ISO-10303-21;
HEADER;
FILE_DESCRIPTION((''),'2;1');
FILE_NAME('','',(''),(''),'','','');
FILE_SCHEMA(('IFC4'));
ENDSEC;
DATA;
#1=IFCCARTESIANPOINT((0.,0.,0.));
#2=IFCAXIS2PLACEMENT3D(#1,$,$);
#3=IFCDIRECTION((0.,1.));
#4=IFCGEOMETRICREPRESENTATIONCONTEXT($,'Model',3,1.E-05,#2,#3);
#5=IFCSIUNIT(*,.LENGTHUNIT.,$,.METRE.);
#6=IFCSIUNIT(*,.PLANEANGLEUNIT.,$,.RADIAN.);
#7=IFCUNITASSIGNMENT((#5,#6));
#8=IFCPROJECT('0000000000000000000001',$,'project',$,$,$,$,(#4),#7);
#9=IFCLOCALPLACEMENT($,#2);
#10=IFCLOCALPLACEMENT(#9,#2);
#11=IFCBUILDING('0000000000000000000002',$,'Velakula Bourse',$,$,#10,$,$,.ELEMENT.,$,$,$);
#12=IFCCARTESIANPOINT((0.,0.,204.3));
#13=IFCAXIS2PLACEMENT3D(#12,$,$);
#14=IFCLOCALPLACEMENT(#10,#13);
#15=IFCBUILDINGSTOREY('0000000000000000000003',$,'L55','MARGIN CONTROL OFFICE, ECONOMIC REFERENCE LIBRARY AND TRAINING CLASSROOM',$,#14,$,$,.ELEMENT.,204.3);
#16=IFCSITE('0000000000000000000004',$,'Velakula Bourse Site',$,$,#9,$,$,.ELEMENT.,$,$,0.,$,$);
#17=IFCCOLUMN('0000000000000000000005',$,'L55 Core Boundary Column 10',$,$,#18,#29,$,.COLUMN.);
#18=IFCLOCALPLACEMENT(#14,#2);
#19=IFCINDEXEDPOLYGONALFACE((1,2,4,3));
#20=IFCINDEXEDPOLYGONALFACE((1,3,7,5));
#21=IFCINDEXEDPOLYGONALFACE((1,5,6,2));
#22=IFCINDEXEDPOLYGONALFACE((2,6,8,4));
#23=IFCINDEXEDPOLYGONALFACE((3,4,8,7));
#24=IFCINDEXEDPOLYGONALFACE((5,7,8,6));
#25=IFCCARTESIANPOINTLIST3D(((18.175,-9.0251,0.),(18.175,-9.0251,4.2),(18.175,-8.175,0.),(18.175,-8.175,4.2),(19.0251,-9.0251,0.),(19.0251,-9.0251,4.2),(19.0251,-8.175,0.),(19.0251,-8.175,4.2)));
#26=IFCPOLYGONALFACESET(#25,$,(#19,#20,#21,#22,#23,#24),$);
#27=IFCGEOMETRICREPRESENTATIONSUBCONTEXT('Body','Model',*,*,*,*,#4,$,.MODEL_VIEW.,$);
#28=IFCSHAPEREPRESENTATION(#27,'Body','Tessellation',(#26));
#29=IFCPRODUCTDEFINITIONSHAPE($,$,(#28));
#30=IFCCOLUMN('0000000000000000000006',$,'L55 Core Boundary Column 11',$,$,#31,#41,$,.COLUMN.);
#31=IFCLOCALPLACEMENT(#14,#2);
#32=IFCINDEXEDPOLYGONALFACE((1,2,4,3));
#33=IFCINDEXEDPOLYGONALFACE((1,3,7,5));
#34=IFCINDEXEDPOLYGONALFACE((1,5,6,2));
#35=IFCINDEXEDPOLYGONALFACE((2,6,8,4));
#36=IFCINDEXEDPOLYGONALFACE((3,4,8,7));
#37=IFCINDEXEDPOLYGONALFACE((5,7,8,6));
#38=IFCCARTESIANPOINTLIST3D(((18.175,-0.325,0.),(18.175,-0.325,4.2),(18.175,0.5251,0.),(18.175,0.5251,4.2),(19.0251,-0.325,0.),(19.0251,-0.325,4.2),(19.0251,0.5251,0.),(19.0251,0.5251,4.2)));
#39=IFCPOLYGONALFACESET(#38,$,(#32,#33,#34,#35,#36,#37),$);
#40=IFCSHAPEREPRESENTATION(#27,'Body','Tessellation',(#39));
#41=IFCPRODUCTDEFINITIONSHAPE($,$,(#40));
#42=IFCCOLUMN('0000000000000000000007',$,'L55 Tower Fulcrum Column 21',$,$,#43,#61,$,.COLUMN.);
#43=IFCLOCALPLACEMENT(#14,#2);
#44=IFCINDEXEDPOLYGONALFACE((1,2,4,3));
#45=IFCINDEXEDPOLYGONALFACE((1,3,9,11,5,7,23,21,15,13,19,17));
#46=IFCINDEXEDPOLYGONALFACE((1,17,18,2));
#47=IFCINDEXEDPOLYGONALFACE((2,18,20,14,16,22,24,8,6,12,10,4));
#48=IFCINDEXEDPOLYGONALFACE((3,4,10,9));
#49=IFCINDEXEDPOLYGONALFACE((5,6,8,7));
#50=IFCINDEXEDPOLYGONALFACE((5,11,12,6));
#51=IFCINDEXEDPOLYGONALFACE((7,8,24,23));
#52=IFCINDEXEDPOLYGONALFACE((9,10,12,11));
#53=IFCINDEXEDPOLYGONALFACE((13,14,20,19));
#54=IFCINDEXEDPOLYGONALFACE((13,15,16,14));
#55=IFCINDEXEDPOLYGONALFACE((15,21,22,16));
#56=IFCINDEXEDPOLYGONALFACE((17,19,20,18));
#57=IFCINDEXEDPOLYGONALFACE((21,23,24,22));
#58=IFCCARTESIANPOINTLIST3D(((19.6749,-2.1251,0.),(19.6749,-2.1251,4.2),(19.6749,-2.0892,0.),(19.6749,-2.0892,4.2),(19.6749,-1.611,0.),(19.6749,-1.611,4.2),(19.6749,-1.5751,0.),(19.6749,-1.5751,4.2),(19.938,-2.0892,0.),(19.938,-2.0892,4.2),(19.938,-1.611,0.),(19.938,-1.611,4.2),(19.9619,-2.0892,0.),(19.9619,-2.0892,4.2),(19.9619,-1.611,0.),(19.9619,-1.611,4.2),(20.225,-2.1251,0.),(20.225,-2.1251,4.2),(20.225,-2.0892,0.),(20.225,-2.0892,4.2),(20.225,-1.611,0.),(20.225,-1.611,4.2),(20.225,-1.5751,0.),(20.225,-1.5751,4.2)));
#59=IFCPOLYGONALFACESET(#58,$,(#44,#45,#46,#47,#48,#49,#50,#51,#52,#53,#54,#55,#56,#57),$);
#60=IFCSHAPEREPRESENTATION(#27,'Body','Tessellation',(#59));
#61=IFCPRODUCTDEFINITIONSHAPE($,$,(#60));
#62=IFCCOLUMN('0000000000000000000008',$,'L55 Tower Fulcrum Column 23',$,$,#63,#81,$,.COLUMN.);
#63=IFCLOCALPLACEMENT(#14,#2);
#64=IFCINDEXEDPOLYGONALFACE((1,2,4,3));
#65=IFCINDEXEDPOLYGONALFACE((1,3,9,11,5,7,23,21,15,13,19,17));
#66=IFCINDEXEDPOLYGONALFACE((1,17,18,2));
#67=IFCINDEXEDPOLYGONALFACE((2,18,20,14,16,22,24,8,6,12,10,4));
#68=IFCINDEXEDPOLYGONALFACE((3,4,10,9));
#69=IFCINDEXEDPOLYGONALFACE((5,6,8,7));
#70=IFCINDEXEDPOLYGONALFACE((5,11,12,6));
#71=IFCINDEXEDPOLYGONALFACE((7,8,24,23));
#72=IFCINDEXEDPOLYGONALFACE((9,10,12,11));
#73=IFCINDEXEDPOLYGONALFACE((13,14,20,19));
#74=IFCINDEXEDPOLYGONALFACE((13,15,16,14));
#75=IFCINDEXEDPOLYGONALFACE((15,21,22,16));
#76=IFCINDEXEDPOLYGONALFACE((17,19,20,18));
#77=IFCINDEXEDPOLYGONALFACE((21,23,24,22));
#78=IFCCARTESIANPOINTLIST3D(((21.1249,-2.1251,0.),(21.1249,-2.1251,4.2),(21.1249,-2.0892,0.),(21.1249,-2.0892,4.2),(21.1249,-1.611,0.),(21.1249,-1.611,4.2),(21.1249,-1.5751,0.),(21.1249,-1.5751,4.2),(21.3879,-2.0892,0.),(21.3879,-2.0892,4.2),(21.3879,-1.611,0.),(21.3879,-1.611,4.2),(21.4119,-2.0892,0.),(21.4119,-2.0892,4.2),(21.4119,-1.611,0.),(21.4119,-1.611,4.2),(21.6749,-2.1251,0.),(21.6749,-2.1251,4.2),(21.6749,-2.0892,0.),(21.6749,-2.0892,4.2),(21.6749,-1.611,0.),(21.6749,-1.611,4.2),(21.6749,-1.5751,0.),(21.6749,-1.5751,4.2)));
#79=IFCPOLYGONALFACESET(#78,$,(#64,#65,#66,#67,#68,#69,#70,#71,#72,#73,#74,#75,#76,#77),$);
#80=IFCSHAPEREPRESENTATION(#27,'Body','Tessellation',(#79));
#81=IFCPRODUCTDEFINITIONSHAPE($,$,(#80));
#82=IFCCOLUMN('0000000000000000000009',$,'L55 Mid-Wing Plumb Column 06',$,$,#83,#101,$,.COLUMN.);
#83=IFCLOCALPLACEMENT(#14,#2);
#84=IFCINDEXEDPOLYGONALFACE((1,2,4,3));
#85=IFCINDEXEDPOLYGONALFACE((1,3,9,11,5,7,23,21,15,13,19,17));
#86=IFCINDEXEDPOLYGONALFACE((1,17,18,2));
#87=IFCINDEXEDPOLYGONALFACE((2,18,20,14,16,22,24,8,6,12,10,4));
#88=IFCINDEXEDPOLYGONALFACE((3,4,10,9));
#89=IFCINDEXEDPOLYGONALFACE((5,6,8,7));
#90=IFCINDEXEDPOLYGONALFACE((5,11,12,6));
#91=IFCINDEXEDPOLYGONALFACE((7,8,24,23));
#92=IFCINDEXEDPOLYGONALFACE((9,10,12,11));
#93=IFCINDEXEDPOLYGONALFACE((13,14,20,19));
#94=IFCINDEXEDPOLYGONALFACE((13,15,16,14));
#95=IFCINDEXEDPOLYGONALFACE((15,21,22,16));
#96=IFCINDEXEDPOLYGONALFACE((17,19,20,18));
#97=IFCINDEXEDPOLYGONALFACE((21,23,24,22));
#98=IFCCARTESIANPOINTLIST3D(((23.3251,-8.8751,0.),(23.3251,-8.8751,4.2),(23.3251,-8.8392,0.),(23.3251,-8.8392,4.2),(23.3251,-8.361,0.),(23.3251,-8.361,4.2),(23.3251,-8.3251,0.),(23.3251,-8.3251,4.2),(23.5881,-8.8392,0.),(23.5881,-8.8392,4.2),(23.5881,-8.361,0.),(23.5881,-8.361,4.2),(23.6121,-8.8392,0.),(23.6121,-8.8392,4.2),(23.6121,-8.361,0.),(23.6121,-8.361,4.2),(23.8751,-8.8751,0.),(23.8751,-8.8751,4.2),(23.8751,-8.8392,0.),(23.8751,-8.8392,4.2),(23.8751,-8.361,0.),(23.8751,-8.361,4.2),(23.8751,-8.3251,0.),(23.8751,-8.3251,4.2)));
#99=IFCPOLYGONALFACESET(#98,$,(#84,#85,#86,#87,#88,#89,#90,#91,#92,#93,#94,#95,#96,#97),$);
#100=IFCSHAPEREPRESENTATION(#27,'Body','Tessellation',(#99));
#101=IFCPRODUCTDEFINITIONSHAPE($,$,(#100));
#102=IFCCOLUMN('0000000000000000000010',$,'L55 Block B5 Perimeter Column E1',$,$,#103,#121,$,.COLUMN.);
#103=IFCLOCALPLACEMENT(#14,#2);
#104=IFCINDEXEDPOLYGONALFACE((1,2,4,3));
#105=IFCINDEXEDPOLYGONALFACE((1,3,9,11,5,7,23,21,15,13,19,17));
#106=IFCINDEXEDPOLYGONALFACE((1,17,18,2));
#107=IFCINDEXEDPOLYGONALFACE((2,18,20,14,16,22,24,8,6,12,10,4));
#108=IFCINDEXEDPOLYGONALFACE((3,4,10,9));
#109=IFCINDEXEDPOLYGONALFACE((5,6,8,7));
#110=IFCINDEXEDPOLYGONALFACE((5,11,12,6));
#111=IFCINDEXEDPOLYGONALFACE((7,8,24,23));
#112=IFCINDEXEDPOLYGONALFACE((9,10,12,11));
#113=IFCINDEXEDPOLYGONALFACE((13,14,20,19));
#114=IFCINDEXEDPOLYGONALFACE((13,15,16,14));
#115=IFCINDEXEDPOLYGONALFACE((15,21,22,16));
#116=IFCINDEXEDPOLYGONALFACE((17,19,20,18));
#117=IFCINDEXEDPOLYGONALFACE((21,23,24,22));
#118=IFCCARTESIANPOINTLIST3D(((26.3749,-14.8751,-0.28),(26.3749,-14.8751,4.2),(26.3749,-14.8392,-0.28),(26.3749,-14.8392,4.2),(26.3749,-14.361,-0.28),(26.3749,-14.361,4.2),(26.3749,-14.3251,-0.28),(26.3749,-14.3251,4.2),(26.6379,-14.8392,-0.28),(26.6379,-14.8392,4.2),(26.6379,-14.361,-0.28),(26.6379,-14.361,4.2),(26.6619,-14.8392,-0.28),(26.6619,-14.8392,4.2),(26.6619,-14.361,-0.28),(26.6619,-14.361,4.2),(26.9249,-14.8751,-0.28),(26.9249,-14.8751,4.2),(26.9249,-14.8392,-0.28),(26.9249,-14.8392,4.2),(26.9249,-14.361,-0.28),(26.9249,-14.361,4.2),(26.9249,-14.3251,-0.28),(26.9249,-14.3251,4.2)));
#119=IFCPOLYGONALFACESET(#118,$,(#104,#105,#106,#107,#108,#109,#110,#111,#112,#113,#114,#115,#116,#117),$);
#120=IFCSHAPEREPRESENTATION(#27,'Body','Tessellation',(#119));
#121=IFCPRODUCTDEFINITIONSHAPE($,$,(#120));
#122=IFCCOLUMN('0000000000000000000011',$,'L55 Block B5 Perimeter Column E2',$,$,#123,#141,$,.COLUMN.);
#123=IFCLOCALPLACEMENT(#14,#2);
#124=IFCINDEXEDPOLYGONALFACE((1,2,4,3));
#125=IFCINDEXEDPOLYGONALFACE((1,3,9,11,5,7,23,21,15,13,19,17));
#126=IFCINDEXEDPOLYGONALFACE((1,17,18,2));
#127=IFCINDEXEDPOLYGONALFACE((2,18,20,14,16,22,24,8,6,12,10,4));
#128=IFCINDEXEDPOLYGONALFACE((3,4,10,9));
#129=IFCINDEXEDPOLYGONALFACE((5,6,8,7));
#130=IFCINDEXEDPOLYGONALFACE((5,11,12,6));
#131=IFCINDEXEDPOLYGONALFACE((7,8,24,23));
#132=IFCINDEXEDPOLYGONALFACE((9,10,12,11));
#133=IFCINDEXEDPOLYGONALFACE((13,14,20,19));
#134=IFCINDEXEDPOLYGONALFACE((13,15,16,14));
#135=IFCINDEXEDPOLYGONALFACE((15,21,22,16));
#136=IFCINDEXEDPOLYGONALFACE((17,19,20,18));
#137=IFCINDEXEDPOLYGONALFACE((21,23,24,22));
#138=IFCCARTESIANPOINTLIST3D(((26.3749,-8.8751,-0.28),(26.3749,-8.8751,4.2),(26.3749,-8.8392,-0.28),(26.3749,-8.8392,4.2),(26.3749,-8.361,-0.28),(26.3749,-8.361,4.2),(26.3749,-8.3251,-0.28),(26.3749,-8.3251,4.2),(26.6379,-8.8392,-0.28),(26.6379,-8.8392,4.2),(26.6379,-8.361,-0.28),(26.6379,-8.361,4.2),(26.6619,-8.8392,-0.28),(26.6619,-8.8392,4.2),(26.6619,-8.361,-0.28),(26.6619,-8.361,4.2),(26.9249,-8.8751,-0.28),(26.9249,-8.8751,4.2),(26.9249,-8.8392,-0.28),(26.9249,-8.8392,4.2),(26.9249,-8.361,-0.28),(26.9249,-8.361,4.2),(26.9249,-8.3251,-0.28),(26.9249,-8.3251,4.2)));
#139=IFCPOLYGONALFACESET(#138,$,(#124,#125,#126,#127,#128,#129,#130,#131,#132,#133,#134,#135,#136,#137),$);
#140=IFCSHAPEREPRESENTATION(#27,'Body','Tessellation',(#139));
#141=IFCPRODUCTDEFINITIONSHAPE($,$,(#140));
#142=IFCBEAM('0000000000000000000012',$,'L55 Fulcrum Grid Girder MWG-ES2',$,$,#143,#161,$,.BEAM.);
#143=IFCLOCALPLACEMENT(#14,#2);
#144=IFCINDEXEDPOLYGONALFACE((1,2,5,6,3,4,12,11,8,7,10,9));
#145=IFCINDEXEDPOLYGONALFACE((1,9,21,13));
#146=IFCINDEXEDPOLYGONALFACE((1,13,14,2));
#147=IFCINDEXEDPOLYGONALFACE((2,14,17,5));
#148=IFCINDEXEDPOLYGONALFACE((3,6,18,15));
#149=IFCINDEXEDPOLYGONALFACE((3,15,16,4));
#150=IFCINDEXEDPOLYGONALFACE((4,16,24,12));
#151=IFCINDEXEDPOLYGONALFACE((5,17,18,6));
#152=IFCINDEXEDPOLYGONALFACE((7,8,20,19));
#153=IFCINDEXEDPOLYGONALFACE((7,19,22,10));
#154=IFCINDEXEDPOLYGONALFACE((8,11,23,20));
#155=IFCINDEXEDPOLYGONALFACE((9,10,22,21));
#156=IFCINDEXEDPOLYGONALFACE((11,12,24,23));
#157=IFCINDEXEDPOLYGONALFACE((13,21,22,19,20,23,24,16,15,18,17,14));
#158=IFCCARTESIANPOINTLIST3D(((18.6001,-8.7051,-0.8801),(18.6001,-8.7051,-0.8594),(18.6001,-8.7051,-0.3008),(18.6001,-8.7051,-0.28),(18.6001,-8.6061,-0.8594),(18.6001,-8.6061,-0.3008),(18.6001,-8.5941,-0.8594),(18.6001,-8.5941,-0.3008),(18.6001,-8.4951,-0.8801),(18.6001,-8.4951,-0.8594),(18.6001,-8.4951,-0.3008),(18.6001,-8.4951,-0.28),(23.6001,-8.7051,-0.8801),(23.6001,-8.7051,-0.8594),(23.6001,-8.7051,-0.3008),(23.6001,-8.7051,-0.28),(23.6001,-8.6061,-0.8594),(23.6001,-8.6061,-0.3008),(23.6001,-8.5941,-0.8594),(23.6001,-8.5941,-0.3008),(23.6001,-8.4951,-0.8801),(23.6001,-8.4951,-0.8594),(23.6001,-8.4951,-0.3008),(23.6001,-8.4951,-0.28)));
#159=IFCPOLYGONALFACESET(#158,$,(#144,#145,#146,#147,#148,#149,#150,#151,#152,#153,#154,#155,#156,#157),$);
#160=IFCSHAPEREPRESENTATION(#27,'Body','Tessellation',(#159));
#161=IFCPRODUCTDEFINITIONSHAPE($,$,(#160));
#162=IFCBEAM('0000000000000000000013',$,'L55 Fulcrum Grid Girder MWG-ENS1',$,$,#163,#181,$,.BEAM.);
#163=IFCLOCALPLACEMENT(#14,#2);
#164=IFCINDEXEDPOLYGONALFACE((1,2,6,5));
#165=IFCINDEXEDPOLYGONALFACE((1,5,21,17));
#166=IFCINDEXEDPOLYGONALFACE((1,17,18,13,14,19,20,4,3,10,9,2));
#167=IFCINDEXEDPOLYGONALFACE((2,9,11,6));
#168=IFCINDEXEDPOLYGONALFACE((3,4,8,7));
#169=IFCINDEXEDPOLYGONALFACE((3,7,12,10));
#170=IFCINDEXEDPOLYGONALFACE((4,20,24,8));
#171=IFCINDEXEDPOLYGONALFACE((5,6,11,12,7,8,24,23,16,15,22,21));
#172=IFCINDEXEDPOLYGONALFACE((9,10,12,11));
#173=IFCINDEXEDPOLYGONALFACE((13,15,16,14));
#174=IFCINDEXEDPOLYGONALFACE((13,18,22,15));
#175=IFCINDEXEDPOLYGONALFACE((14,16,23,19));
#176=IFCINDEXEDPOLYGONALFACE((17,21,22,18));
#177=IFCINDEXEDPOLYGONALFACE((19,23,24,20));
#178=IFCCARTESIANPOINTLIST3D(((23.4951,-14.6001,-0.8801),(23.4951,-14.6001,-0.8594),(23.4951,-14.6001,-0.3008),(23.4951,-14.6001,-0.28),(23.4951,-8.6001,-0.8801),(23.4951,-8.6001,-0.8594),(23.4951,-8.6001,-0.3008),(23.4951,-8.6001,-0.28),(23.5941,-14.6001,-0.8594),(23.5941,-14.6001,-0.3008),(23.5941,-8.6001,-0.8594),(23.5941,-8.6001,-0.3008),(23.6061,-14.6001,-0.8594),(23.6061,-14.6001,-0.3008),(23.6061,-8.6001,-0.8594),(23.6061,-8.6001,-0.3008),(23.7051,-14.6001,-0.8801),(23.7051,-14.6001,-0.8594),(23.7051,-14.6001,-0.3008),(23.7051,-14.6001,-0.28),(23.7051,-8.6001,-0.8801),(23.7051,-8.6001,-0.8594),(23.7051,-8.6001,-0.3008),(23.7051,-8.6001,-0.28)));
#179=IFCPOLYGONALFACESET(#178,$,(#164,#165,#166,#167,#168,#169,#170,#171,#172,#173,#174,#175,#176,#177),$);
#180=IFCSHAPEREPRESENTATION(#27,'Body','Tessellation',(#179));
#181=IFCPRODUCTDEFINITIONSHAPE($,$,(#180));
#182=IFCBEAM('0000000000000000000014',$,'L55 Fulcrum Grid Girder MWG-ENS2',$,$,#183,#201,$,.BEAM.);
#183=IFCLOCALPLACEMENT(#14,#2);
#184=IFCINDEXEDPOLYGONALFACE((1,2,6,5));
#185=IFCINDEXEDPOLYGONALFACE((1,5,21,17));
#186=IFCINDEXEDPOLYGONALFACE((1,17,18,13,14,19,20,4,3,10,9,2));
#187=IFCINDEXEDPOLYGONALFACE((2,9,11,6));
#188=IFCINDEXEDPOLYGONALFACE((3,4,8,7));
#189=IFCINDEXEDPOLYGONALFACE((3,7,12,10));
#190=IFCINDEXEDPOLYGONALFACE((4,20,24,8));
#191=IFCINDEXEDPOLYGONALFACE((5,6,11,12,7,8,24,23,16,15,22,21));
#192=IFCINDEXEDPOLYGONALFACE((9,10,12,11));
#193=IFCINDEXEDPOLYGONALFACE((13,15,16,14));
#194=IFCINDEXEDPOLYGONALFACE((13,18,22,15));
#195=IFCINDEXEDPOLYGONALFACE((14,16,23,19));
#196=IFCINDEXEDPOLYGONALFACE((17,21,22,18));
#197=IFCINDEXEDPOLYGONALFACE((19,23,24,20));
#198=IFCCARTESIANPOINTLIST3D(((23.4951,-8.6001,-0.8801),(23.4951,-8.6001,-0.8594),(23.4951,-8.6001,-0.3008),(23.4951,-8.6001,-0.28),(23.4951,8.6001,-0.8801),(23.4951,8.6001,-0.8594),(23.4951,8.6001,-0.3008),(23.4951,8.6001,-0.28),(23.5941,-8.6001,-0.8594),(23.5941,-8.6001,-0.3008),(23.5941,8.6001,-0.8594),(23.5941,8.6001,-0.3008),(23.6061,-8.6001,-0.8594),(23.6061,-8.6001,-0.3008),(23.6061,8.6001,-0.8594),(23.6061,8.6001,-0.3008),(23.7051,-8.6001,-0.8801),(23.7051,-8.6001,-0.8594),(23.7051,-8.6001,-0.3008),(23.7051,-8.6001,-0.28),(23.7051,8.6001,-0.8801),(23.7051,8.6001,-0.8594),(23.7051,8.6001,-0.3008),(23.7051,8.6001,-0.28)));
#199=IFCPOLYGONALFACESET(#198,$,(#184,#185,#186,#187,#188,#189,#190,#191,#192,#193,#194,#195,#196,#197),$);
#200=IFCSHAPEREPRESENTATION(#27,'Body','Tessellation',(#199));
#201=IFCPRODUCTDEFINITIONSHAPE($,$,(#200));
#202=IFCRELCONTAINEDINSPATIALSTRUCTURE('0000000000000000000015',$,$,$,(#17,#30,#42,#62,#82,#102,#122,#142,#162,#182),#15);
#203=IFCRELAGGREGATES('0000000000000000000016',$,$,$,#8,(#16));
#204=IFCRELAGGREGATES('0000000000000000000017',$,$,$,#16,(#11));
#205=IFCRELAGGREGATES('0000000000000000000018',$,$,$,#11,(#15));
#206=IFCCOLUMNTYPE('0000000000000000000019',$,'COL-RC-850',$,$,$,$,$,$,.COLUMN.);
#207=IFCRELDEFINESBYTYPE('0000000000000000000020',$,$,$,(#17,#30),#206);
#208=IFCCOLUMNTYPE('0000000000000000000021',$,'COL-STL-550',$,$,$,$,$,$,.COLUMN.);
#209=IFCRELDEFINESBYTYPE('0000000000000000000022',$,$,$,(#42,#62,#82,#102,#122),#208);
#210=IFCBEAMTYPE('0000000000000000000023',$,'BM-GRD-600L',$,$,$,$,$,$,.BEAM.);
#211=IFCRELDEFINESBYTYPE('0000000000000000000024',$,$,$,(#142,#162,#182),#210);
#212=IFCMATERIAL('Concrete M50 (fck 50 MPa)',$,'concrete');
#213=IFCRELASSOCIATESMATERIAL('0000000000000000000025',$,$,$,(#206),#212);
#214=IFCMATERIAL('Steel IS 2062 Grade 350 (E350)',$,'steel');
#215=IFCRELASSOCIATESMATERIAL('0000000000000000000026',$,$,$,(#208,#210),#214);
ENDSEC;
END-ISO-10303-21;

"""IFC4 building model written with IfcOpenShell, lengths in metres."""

from ifc_helpers import new_model, si_unit, direction, frame, origin, origin_2d, place, context, subcontext, project, spatial, rectangle, i_section, extrude, material, material_profile, profile_set, type_object, element, save


model = new_model("IFC4")

# Units and contexts
model_context = context("Model", 3, precision=1e-05, world=origin(), true_north=direction((0.0, 1.0)))
body_context = subcontext(model_context, "Body", "Model", "MODEL_VIEW")
ifc_project = project(units=[si_unit("LENGTHUNIT", "METRE"), si_unit("PLANEANGLEUNIT", "RADIAN")], contexts=[model_context])

# Site, building, storey
site_placement = place(None, origin())
site = spatial("IfcSite", under=ifc_project, at=site_placement, Name="Velakula Bourse Site", CompositionType="ELEMENT", RefElevation=0.0)
building_placement = place(site_placement, origin())
building = spatial("IfcBuilding", under=site, at=building_placement, Name="Velakula Bourse", CompositionType="ELEMENT")
storey_placement = place(building_placement, frame((0.0, 0.0, 204.3)))
storey = spatial("IfcBuildingStorey", under=building, at=storey_placement, Name="L55", Description="MARGIN CONTROL OFFICE, ECONOMIC REFERENCE LIBRARY AND TRAINING CLASSROOM", CompositionType="ELEMENT", Elevation=204.3)

# Columns
ifc_material_1 = material(Name="Concrete M50 (fck 50 MPa)", Category="concrete")
ifc_material_profile_1 = material_profile(ifc_material_1, rectangle(XDim=0.8501, YDim=0.8501, at=origin_2d()), Name="Concrete M50 (fck 50 MPa)")
ifc_profile_set_1 = profile_set([ifc_material_profile_1], Name="Concrete M50 (fck 50 MPa)")
column_type_1 = type_object("IfcColumnType", Name="COL-RC-850", PredefinedType="COLUMN", material=ifc_profile_set_1)
for number, where, z_axis, x_axis, name in (
    (1, (18.6001, -8.6001, 0.0), (0.0, 0.0, 1.0), (1.0, 0.0, 0.0), "L55 Core Boundary Column 10"),
    (2, (18.6001, 0.1001, 0.0), (0.0, 0.0, 1.0), (1.0, 0.0, 0.0), "L55 Core Boundary Column 11"),
):
    element("IfcColumn", number, at=place(storey_placement, frame(where, z_axis=z_axis, x_axis=x_axis)), inside=storey, type_object=column_type_1, Name=name, PredefinedType="COLUMN", context=body_context, shape_type="SweptSolid", body=[
        extrude(rectangle(XDim=0.8501, YDim=0.8501, at=origin_2d()), origin(), (0.0, 0.0, 1.0), 4.2),
    ])
ifc_material_2 = material(Name="Steel IS 2062 Grade 350 (E350)", Category="steel")
ifc_material_profile_2 = material_profile(ifc_material_2, i_section(OverallWidth=0.55, OverallDepth=0.55, WebThickness=0.0239, FlangeThickness=0.0359, at=origin_2d()), Name="Steel IS 2062 Grade 350 (E350)")
ifc_profile_set_2 = profile_set([ifc_material_profile_2], Name="Steel IS 2062 Grade 350 (E350)")
column_type_2 = type_object("IfcColumnType", Name="COL-STL-550", PredefinedType="COLUMN", material=ifc_profile_set_2)
for number, where, z_axis, x_axis, name in (
    (3, (19.95, -1.8501, 0.0), (0.0, 0.0, 1.0), (1.0, 0.0, 0.0), "L55 Tower Fulcrum Column 21"),
    (4, (21.3999, -1.8501, 0.0), (0.0, 0.0, 1.0), (1.0, 0.0, 0.0), "L55 Tower Fulcrum Column 23"),
    (5, (23.6001, -8.6001, 0.0), (0.0, 0.0, 1.0), (1.0, 0.0, 0.0), "L55 Mid-Wing Plumb Column 06"),
):
    element("IfcColumn", number, at=place(storey_placement, frame(where, z_axis=z_axis, x_axis=x_axis)), inside=storey, type_object=column_type_2, Name=name, PredefinedType="COLUMN", context=body_context, shape_type="SweptSolid", body=[
        extrude(i_section(OverallWidth=0.55, OverallDepth=0.55, WebThickness=0.0239, FlangeThickness=0.0359, at=origin_2d()), origin(), (0.0, 0.0, 1.0), 4.2),
    ])
for number, where, z_axis, x_axis, name in (
    (6, (26.6499, -14.6001, -0.28), (0.0, 0.0, 1.0), (1.0, 0.0, 0.0), "L55 Block B5 Perimeter Column E1"),
    (7, (26.6499, -8.6001, -0.28), (0.0, 0.0, 1.0), (1.0, 0.0, 0.0), "L55 Block B5 Perimeter Column E2"),
):
    element("IfcColumn", number, at=place(storey_placement, frame(where, z_axis=z_axis, x_axis=x_axis)), inside=storey, type_object=column_type_2, Name=name, PredefinedType="COLUMN", context=body_context, shape_type="SweptSolid", body=[
        extrude(i_section(OverallWidth=0.55, OverallDepth=0.55, WebThickness=0.0239, FlangeThickness=0.0359, at=origin_2d()), origin(), (0.0, 0.0, 1.0), 4.48),
    ])

# Beams
ifc_material_profile_3 = material_profile(ifc_material_2, i_section(OverallWidth=0.21, OverallDepth=0.6001, WebThickness=0.012, FlangeThickness=0.0208, at=origin_2d()), Name="Steel IS 2062 Grade 350 (E350)")
ifc_profile_set_3 = profile_set([ifc_material_profile_3], Name="Steel IS 2062 Grade 350 (E350)")
beam_type_1 = type_object("IfcBeamType", Name="BM-GRD-600L", PredefinedType="BEAM", material=ifc_profile_set_3)
beam_1_placement = place(storey_placement, frame((18.6001, -8.6001, -0.5801), z_axis=(1.0, 0.0, 0.0), x_axis=(0.0, 1.0, 0.0)))
element("IfcBeam", 8, at=beam_1_placement, inside=storey, type_object=beam_type_1, Name="L55 Fulcrum Grid Girder MWG-ES2", PredefinedType="BEAM", context=body_context, shape_type="SweptSolid", body=[
    extrude(i_section(OverallWidth=0.21, OverallDepth=0.6001, WebThickness=0.012, FlangeThickness=0.0208, at=origin_2d()), origin(), (0.0, 0.0, 1.0), 5.0),
])
beam_2_placement = place(storey_placement, frame((23.6001, -14.6001, -0.5801), z_axis=(0.0, 1.0, 0.0), x_axis=(-1.0, 0.0, 0.0)))
element("IfcBeam", 9, at=beam_2_placement, inside=storey, type_object=beam_type_1, Name="L55 Fulcrum Grid Girder MWG-ENS1", PredefinedType="BEAM", context=body_context, shape_type="SweptSolid", body=[
    extrude(i_section(OverallWidth=0.21, OverallDepth=0.6001, WebThickness=0.012, FlangeThickness=0.0208, at=origin_2d()), origin(), (0.0, 0.0, 1.0), 6.0),
])
beam_3_placement = place(storey_placement, frame((23.6001, -8.6001, -0.5801), z_axis=(0.0, 1.0, 0.0), x_axis=(-1.0, 0.0, 0.0)))
element("IfcBeam", 10, at=beam_3_placement, inside=storey, type_object=beam_type_1, Name="L55 Fulcrum Grid Girder MWG-ENS2", PredefinedType="BEAM", context=body_context, shape_type="SweptSolid", body=[
    extrude(i_section(OverallWidth=0.21, OverallDepth=0.6001, WebThickness=0.012, FlangeThickness=0.0208, at=origin_2d()), origin(), (0.0, 0.0, 1.0), 17.2002),
])

save(model, "model.ifc")
